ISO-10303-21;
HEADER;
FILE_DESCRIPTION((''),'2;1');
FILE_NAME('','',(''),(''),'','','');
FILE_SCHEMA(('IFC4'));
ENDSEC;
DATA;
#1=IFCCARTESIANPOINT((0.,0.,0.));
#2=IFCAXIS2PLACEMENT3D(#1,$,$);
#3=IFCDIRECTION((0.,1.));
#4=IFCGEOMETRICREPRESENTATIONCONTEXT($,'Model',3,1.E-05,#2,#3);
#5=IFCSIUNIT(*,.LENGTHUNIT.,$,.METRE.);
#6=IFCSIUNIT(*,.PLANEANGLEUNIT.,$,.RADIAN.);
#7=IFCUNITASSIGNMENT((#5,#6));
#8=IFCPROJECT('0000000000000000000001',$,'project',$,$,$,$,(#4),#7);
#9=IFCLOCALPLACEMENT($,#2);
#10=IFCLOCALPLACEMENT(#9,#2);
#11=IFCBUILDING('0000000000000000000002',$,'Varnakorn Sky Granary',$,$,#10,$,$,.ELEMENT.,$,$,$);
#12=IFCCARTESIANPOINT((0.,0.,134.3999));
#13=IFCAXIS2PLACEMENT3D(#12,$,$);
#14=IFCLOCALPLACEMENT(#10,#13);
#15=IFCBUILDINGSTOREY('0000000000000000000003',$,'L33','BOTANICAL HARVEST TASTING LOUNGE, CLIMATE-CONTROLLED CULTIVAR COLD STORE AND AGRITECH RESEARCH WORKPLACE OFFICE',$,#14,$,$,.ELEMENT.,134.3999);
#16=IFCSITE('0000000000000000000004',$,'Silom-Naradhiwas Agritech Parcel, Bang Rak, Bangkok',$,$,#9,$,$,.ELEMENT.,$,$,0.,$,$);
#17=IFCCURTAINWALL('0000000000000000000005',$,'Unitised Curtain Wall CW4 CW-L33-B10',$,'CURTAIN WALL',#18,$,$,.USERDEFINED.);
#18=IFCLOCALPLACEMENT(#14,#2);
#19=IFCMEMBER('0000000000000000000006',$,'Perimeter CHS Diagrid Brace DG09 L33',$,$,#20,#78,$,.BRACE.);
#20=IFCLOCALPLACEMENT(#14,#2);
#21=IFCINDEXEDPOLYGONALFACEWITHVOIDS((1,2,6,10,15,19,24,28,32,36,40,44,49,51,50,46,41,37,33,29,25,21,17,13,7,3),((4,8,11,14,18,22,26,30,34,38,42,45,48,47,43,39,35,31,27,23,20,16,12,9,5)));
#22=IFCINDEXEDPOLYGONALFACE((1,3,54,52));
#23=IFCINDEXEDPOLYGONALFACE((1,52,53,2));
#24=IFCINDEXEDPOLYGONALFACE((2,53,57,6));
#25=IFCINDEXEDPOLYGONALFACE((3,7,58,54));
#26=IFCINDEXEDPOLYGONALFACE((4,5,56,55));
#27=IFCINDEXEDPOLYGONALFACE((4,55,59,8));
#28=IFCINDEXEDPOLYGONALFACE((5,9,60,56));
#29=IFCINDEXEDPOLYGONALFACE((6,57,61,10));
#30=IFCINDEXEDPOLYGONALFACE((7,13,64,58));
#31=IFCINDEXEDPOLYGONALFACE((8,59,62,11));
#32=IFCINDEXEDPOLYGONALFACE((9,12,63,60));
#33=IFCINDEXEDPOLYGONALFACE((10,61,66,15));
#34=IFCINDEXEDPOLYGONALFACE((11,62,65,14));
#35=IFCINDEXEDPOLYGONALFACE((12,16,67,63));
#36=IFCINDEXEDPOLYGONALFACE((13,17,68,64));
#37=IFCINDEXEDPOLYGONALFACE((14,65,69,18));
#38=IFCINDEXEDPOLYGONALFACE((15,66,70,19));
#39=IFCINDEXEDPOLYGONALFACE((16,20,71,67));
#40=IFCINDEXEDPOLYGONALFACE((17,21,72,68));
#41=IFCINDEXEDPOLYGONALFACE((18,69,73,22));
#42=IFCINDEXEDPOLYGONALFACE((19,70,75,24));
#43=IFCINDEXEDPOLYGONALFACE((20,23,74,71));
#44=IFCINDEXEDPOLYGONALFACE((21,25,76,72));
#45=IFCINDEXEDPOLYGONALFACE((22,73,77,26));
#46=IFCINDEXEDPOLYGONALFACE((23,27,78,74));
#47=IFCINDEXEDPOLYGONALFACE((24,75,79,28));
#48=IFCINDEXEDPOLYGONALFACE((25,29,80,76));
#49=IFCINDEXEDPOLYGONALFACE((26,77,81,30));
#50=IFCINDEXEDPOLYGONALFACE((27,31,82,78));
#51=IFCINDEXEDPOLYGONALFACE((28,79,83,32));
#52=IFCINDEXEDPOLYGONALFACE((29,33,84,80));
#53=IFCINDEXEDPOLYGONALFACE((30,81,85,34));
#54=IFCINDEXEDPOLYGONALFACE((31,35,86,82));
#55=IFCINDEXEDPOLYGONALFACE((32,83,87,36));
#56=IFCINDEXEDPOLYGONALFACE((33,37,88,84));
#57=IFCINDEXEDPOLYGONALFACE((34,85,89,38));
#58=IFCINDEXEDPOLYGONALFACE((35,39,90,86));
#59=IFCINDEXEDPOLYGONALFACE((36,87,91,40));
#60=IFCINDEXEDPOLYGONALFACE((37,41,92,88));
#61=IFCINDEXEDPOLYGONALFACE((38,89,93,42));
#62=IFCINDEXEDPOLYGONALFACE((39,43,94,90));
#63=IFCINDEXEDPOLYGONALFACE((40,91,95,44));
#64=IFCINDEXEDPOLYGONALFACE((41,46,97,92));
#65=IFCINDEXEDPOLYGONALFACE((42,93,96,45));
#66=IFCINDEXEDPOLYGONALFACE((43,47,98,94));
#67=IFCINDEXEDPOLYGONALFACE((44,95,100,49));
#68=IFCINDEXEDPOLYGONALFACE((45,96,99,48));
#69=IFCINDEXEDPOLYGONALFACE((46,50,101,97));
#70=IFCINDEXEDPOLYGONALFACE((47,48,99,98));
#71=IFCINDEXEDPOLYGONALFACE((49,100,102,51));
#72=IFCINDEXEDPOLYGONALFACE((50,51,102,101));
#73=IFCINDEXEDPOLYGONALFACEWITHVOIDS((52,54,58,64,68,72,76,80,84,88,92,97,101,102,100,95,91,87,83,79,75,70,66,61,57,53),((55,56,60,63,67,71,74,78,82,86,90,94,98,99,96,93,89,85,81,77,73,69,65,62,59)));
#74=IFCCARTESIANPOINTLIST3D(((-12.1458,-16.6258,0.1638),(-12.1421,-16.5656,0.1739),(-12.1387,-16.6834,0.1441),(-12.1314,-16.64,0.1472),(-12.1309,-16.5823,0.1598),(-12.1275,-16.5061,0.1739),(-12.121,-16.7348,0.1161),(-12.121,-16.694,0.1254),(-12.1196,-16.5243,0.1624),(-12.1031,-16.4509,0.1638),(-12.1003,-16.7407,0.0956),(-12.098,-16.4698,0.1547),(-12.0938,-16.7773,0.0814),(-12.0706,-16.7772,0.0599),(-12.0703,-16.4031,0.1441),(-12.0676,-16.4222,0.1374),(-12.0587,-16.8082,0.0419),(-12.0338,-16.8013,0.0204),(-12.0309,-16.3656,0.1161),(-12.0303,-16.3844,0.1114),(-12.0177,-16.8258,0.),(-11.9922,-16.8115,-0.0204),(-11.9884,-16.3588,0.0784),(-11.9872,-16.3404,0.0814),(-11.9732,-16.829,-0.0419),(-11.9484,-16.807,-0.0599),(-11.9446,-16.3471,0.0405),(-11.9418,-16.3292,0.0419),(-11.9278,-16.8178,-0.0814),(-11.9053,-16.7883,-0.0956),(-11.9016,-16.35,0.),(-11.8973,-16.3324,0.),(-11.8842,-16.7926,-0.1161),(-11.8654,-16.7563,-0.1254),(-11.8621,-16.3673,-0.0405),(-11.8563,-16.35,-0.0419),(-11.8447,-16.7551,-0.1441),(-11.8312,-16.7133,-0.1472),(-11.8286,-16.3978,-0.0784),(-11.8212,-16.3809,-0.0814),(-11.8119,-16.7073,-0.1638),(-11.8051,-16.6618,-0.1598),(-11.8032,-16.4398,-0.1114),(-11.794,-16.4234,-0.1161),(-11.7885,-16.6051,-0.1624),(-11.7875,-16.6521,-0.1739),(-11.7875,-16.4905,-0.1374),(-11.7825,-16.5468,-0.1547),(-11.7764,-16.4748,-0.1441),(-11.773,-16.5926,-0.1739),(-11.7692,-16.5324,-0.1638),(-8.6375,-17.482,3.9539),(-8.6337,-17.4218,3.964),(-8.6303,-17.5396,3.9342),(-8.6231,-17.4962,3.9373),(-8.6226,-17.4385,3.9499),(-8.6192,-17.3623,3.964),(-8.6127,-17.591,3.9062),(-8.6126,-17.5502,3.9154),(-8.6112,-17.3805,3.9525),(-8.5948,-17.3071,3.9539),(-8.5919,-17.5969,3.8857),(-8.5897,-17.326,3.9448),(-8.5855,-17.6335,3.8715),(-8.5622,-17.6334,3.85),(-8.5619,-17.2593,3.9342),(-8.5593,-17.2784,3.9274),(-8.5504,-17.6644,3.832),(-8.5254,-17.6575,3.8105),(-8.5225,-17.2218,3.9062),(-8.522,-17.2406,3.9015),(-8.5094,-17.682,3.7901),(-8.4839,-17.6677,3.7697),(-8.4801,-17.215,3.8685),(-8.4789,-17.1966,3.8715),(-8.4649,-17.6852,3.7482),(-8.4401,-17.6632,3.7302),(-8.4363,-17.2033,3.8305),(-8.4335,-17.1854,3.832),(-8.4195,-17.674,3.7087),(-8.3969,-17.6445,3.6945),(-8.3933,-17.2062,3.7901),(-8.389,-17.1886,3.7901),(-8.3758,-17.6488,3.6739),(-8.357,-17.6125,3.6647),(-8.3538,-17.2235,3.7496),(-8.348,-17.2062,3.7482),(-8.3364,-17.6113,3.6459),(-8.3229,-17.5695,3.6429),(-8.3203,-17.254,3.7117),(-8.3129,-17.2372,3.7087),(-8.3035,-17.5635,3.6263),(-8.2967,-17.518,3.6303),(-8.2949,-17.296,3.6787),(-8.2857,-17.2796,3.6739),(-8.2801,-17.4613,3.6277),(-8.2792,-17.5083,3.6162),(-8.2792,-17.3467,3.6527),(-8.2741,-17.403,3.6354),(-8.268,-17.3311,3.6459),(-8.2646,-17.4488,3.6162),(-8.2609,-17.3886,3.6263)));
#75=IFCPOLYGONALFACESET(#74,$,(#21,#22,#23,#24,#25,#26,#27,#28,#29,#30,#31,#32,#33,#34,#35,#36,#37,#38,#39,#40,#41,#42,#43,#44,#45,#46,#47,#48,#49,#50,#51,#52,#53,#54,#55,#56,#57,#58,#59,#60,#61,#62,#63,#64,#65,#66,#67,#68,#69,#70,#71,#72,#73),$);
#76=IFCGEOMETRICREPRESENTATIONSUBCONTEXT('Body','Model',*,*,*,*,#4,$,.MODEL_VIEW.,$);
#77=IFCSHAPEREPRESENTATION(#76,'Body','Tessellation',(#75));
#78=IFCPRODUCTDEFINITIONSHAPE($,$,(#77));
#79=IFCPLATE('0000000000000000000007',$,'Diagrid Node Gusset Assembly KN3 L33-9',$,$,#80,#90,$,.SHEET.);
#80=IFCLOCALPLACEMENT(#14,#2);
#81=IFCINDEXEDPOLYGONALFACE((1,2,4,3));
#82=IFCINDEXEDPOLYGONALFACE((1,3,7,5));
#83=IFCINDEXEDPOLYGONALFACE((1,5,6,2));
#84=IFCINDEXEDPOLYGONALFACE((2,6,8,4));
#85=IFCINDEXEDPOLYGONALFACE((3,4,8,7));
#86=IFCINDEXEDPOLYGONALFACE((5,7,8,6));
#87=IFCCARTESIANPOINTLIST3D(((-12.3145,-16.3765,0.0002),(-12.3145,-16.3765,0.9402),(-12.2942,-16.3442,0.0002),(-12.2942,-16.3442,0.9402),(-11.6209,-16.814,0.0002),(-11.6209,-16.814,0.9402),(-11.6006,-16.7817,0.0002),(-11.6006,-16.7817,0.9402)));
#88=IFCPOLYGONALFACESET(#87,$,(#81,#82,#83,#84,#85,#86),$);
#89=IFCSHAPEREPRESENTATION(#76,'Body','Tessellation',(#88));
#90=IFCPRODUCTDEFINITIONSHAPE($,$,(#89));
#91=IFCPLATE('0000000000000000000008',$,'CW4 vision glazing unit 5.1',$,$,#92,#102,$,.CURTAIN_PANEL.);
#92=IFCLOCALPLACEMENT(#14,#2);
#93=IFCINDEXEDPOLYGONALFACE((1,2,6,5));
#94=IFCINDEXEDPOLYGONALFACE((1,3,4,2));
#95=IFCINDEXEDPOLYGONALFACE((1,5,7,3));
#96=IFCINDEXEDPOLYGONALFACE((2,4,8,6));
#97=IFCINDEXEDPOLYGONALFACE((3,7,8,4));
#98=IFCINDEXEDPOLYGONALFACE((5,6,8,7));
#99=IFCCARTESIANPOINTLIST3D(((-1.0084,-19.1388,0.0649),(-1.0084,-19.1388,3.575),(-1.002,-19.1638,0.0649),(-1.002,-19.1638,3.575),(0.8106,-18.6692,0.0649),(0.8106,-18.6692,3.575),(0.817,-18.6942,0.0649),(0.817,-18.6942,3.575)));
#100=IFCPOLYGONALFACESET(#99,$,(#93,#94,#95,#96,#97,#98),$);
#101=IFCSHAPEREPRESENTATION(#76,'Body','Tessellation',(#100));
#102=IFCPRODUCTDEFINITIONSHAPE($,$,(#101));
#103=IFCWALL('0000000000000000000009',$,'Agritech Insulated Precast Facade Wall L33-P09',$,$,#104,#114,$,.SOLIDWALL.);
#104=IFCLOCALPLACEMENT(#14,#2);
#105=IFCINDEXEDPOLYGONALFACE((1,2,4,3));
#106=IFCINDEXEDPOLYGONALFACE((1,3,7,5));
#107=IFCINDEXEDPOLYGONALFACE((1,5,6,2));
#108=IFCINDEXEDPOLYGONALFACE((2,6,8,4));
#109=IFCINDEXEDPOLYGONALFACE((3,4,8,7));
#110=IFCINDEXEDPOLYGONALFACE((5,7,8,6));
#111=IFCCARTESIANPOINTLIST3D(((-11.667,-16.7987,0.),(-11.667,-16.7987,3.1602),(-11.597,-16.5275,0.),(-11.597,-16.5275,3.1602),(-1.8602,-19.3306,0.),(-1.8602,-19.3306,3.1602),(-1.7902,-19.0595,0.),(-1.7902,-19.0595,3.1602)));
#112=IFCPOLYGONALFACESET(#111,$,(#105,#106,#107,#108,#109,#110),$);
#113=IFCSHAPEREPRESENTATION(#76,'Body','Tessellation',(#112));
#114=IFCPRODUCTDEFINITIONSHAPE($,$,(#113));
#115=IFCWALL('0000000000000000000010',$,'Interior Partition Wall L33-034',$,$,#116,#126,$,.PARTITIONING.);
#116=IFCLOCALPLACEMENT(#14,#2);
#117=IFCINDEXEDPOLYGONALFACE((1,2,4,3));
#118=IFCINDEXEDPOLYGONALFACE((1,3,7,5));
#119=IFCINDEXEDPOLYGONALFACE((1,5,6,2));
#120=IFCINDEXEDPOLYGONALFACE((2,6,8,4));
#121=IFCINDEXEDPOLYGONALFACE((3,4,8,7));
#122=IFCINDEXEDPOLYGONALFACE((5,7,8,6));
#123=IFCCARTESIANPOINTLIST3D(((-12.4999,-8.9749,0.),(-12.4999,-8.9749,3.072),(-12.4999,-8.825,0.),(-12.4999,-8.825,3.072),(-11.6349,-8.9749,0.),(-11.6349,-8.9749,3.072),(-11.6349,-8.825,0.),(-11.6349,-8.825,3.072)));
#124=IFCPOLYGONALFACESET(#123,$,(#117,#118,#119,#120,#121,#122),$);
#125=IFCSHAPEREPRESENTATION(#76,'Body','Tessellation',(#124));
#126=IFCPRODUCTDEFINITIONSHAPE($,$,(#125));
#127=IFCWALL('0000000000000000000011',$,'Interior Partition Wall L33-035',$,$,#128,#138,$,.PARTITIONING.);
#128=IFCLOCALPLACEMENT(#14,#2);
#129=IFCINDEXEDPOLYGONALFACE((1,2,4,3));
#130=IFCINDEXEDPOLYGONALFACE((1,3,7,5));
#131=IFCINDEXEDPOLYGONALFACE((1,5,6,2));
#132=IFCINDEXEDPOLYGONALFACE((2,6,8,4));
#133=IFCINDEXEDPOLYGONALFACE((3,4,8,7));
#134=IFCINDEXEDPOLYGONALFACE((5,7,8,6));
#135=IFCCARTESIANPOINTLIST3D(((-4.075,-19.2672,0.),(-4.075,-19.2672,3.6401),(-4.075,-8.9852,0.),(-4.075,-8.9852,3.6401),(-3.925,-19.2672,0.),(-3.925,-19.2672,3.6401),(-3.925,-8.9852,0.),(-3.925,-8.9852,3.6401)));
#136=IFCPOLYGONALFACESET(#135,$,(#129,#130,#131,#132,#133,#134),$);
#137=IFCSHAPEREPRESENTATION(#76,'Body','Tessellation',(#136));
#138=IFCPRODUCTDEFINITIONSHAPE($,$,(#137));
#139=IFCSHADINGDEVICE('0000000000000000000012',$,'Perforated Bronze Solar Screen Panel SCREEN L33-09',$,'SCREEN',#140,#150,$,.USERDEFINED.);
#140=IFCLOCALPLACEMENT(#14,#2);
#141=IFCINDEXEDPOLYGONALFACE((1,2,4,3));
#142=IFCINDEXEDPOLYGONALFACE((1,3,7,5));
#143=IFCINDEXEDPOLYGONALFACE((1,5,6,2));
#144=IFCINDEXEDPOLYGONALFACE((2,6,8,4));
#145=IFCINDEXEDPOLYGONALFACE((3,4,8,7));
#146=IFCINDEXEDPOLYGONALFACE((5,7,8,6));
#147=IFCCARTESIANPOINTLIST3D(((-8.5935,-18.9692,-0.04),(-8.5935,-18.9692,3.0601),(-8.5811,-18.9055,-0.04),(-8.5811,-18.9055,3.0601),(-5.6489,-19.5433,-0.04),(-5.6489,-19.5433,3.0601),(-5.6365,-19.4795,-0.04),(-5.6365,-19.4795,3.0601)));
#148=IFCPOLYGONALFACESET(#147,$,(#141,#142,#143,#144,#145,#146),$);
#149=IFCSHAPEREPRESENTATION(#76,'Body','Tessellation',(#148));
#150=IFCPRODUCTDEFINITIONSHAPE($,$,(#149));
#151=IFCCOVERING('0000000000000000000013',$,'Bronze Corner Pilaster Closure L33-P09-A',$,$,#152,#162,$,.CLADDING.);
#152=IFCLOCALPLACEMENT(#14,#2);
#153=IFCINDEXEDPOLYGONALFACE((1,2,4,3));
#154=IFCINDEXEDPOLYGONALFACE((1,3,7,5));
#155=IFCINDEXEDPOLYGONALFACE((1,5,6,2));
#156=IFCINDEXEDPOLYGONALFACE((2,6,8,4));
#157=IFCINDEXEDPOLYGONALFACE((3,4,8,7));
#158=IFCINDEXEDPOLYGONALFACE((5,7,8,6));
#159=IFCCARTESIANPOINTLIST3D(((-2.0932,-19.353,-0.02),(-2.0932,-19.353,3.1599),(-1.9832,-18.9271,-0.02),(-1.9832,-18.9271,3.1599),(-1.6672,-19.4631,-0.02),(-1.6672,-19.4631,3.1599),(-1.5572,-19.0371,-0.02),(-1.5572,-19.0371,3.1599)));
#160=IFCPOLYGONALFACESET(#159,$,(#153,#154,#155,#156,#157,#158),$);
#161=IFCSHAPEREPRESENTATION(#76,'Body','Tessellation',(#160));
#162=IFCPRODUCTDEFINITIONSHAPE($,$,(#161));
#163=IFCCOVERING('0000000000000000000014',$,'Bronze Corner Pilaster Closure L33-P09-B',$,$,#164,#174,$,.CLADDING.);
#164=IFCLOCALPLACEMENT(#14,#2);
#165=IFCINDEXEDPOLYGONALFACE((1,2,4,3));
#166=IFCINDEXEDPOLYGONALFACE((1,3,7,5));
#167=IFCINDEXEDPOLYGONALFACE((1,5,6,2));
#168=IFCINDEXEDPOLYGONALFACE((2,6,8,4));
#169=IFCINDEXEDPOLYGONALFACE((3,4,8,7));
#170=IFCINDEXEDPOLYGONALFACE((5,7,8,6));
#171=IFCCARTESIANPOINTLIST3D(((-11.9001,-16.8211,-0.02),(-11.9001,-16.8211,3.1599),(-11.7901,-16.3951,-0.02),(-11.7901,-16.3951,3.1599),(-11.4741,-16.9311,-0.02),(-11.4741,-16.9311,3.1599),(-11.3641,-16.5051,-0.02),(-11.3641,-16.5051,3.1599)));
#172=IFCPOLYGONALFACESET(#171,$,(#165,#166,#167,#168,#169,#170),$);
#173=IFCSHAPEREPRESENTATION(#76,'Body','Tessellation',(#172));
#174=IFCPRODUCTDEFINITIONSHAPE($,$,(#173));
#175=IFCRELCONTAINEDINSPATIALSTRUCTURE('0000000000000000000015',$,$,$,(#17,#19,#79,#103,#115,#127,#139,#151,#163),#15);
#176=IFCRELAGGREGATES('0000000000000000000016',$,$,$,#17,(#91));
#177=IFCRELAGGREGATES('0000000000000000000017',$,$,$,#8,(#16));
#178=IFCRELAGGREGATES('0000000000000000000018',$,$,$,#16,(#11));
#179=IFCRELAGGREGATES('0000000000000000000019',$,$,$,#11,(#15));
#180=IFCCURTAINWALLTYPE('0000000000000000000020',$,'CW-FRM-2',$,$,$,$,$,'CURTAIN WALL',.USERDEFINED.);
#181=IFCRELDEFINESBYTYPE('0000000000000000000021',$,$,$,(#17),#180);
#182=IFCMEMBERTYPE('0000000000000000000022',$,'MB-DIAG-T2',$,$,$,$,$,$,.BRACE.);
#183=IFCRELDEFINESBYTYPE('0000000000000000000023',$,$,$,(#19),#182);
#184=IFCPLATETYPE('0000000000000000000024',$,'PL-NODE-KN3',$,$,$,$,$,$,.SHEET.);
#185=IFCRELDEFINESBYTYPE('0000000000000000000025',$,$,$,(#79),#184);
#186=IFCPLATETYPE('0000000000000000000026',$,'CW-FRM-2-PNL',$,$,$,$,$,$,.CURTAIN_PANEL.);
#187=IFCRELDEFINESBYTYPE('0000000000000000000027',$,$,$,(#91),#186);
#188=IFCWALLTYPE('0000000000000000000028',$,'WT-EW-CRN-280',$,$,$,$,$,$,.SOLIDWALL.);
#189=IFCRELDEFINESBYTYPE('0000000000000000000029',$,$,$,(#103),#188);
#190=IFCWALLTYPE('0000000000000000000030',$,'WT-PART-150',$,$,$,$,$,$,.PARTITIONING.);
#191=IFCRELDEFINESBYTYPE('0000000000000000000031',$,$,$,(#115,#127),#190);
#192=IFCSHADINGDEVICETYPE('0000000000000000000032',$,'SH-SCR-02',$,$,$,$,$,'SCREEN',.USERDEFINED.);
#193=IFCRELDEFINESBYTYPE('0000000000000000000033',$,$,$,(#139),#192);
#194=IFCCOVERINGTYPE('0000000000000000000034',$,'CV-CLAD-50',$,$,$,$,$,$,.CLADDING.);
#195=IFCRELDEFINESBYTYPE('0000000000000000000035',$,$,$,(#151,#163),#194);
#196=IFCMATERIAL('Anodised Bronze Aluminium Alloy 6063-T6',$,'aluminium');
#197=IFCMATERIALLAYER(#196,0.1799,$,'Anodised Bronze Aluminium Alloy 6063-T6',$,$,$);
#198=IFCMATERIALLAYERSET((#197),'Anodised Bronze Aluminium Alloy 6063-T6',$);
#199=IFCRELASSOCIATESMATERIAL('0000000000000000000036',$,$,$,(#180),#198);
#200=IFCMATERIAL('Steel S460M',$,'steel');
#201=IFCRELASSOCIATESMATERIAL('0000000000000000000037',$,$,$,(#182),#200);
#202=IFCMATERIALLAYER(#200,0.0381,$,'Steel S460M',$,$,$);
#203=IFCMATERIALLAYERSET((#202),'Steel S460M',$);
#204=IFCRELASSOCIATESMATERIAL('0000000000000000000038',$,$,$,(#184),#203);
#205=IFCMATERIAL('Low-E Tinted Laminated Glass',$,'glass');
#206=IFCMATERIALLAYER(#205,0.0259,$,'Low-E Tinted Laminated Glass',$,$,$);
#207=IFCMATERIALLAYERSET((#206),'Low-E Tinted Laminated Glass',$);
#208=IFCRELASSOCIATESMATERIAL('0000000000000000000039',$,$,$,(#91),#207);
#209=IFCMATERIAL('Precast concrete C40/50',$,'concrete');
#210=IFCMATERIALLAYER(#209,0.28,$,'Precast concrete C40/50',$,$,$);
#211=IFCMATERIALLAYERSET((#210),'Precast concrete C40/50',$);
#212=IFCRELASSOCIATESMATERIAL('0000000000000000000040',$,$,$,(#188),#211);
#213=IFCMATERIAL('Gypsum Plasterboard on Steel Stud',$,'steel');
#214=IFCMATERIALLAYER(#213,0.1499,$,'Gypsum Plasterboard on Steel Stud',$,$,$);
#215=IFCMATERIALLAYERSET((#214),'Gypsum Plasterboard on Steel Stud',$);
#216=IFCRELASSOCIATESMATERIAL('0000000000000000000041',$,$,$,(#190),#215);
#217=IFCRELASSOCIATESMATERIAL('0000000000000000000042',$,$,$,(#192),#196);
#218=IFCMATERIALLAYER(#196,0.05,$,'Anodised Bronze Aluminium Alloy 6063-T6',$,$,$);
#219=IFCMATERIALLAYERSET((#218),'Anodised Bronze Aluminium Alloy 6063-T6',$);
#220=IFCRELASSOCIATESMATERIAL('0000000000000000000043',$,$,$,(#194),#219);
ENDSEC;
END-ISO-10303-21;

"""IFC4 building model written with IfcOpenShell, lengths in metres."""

from ifc_helpers import new_model, si_unit, direction, frame, frame_2d, origin, origin_2d, place, context, subcontext, project, spatial, rectangle, hollow_circle, extrude, source, transform, mapped, material, layer, layer_set, material_profile, profile_set, type_object, type_shapes, element, aggregate, save


model = new_model("IFC4")

# Units and contexts
model_context = context("Model", 3, precision=1e-05, world=origin(), true_north=direction((0.0, 1.0)))
body_context = subcontext(model_context, "Body", "Model", "MODEL_VIEW")
ifc_project = project(units=[si_unit("LENGTHUNIT", "METRE"), si_unit("PLANEANGLEUNIT", "RADIAN")], contexts=[model_context])

# Site, building, storey
site_placement = place(None, origin())
site = spatial("IfcSite", under=ifc_project, at=site_placement, Name="Silom-Naradhiwas Agritech Parcel, Bang Rak, Bangkok", CompositionType="ELEMENT", RefElevation=0.0)
building_placement = place(site_placement, origin())
building = spatial("IfcBuilding", under=site, at=building_placement, Name="Varnakorn Sky Granary", CompositionType="ELEMENT")
storey_placement = place(building_placement, frame((0.0, 0.0, 134.3999)))
storey = spatial("IfcBuildingStorey", under=building, at=storey_placement, Name="L33", Description="BOTANICAL HARVEST TASTING LOUNGE, CLIMATE-CONTROLLED CULTIVAR COLD STORE AND AGRITECH RESEARCH WORKPLACE OFFICE", CompositionType="ELEMENT", Elevation=134.3999)

# Shared definitions
ifc_material_1 = material(Name="Steel S460M", Category="steel")

# Curtain wall
ifc_material_2 = material(Name="Anodised Bronze Aluminium Alloy 6063-T6", Category="aluminium")
ifc_layer_1 = layer(ifc_material_2, 0.1799, Name="Anodised Bronze Aluminium Alloy 6063-T6")
ifc_layer_set_1 = layer_set([ifc_layer_1], Name="Anodised Bronze Aluminium Alloy 6063-T6")
curtain_wall_type = type_object("IfcCurtainWallType", Name="CW-FRM-2", ElementType="CURTAIN WALL", PredefinedType="USERDEFINED", material=ifc_layer_set_1)
curtain_wall_1_placement = place(storey_placement, origin())
curtain_wall_1 = element("IfcCurtainWall", 1, at=curtain_wall_1_placement, inside=storey, type_object=curtain_wall_type, Name="Unitised Curtain Wall CW4 CW-L33-B10", ObjectType="CURTAIN WALL", PredefinedType="USERDEFINED")

# Member
ifc_material_profile_1 = material_profile(ifc_material_1, hollow_circle(Radius=0.2539, WallThickness=0.0181, at=origin_2d()), Name="CHS 508x18")
ifc_profile_set_1 = profile_set([ifc_material_profile_1], Name="Steel S460M")
member_type_1 = type_object("IfcMemberType", Name="MB-DIAG-T2", PredefinedType="BRACE", material=ifc_profile_set_1)
member_1_placement = place(storey_placement, frame((-11.9575, -16.5791, 0.0), z_axis=(0.670157, -0.163552, 0.723975), x_axis=(0.237092, 0.971487, 0.0)))
element("IfcMember", 2, at=member_1_placement, inside=storey, type_object=member_type_1, Name="Perimeter CHS Diagrid Brace DG09 L33", PredefinedType="BRACE", context=body_context, shape_type="SweptSolid", body=[
    extrude(hollow_circle(Radius=0.2539, WallThickness=0.0181, at=origin_2d()), origin(), (0.0, 0.0, 1.0), 5.2351),
])

# Plates
ifc_layer_2 = layer(ifc_material_1, 0.0381, Name="Steel S460M")
ifc_layer_set_2 = layer_set([ifc_layer_2], Name="Steel S460M")
plate_type_1 = type_object("IfcPlateType", Name="PL-NODE-KN3", PredefinedType="SHEET", material=ifc_layer_set_2)
plate_1_placement = place(storey_placement, frame((-11.9575, -16.5791, 0.0002), z_axis=(0.0, 0.0, 1.0), x_axis=(0.845801, -0.533498, 0.0)))
element("IfcPlate", 3, at=plate_1_placement, inside=storey, type_object=plate_type_1, Name="Diagrid Node Gusset Assembly KN3 L33-9", PredefinedType="SHEET", context=body_context, shape_type="SweptSolid", body=[
    extrude(rectangle(XDim=0.8201, YDim=0.0381, at=origin_2d()), origin(), (0.0, 0.0, 1.0), 0.9399),
])
ifc_material_3 = material(Name="Low-E Tinted Laminated Glass", Category="glass")
ifc_layer_3 = layer(ifc_material_3, 0.0259, Name="Low-E Tinted Laminated Glass")
ifc_layer_set_3 = layer_set([ifc_layer_3], Name="Low-E Tinted Laminated Glass")
plate_type_2 = type_object("IfcPlateType", Name="CW-FRM-2-PNL", PredefinedType="CURTAIN_PANEL")
shared_shape_1 = source(origin(), body_context, "Body", "SweptSolid", [
    extrude(rectangle(XDim=1.8787, YDim=0.0259, at=origin_2d()), origin(), (0.0, 0.0, 1.0), 3.51),
])
type_shapes(plate_type_2, [shared_shape_1])
plate_2_placement = place(storey_placement, frame((-0.0957, -18.9165, 0.0649), z_axis=(0.0, 0.0, 1.0), x_axis=(-0.968251, -0.24998, 0.0)))
plate_2 = element("IfcPlate", 4, at=plate_2_placement, type_object=plate_type_2, material=ifc_layer_set_3, Name="CW4 vision glazing unit 5.1", PredefinedType="CURTAIN_PANEL", context=body_context, shape_type="MappedRepresentation", body=[
    mapped(shared_shape_1, transform((0.0, 0.0, 0.0), x_axis=(1.0, 0.0, 0.0), y_axis=(0.0, 1.0, 0.0), z_axis=(0.0, 0.0, 1.0), scale=1.0)),
])
aggregate(curtain_wall_1, [plate_2])

# Walls
ifc_material_4 = material(Name="Precast concrete C40/50", Category="concrete")
ifc_layer_4 = layer(ifc_material_4, 0.28, Name="Precast concrete C40/50")
ifc_layer_set_4 = layer_set([ifc_layer_4], Name="Precast concrete C40/50")
wall_type_1 = type_object("IfcWallType", Name="WT-EW-CRN-280", PredefinedType="SOLIDWALL", material=ifc_layer_set_4)
wall_1_placement = place(storey_placement, frame((-1.8252, -19.1951, 0.0), z_axis=(0.0, 0.0, 1.0), x_axis=(-0.968249, 0.249987, 0.0)))
element("IfcWall", 5, at=wall_1_placement, inside=storey, type_object=wall_type_1, Name="Agritech Insulated Precast Facade Wall L33-P09", PredefinedType="SOLIDWALL", context=body_context, shape_type="SweptSolid", body=[
    extrude(rectangle(XDim=10.1284, YDim=0.28, at=frame_2d((5.0642, 0.0))), origin(), (0.0, 0.0, 1.0), 3.1602),
])
ifc_material_5 = material(Name="Gypsum Plasterboard on Steel Stud", Category="steel")
ifc_layer_5 = layer(ifc_material_5, 0.1499, Name="Gypsum Plasterboard on Steel Stud")
ifc_layer_set_5 = layer_set([ifc_layer_5], Name="Gypsum Plasterboard on Steel Stud")
wall_type_2 = type_object("IfcWallType", Name="WT-PART-150", PredefinedType="PARTITIONING", material=ifc_layer_set_5)
wall_2_placement = place(storey_placement, frame((-12.5, -8.8999, 0.0), z_axis=(0.0, 0.0, 1.0), x_axis=(1.0, 0.0, 0.0)))
element("IfcWall", 6, at=wall_2_placement, inside=storey, type_object=wall_type_2, Name="Interior Partition Wall L33-034", PredefinedType="PARTITIONING", context=body_context, shape_type="SweptSolid", body=[
    extrude(rectangle(XDim=0.865, YDim=0.1499, at=frame_2d((0.4326, 0.0))), origin(), (0.0, 0.0, 1.0), 3.072),
])
wall_3_placement = place(storey_placement, frame((-4.0, -8.9851, 0.0), z_axis=(0.0, 0.0, 1.0), x_axis=(0.0, -1.0, 0.0)))
element("IfcWall", 7, at=wall_3_placement, inside=storey, type_object=wall_type_2, Name="Interior Partition Wall L33-035", PredefinedType="PARTITIONING", context=body_context, shape_type="SweptSolid", body=[
    extrude(rectangle(XDim=10.282, YDim=0.1499, at=frame_2d((5.1411, 0.0))), origin(), (0.0, 0.0, 1.0), 3.6401),
])

# Shading device
shading_device_type = type_object("IfcShadingDeviceType", Name="SH-SCR-02", ElementType="SCREEN", PredefinedType="USERDEFINED", material=ifc_material_2)
shared_shape_2 = source(origin(), body_context, "Body", "SweptSolid", [
    extrude(rectangle(XDim=3.0, YDim=0.0649, at=origin_2d()), origin(), (0.0, 0.0, 1.0), 3.1001),
])
type_shapes(shading_device_type, [shared_shape_2])
shading_device_placement = place(storey_placement, frame((-7.115, -19.2244, -0.04), z_axis=(0.0, 0.0, 1.0), x_axis=(0.98152, -0.191359, 0.0)))
element("IfcShadingDevice", 8, at=shading_device_placement, inside=storey, type_object=shading_device_type, Name="Perforated Bronze Solar Screen Panel SCREEN L33-09", ObjectType="SCREEN", PredefinedType="USERDEFINED", context=body_context, shape_type="MappedRepresentation", body=[
    mapped(shared_shape_2, transform((0.0, 0.0, 0.0), x_axis=(1.0, 0.0, 0.0), y_axis=(0.0, 1.0, 0.0), z_axis=(0.0, 0.0, 1.0), scale=1.0)),
])

# Coverings
ifc_layer_6 = layer(ifc_material_2, 0.05, Name="Anodised Bronze Aluminium Alloy 6063-T6")
ifc_layer_set_6 = layer_set([ifc_layer_6], Name="Anodised Bronze Aluminium Alloy 6063-T6")
covering_type = type_object("IfcCoveringType", Name="CV-CLAD-50", PredefinedType="CLADDING", material=ifc_layer_set_6)
shared_shape_3 = source(origin(), body_context, "Body", "SweptSolid", [
    extrude(rectangle(XDim=0.4399, YDim=0.4399, at=origin_2d()), origin(), (0.0, 0.0, 1.0), 3.1799),
])
type_shapes(covering_type, [shared_shape_3])
for number, where, z_axis, x_axis, name in (
    (9, (-1.8252, -19.1951, -0.02), (0.0, 0.0, 1.0), (-0.968235, 0.250042, 0.0), "Bronze Corner Pilaster Closure L33-P09-A"),
    (10, (-11.6321, -16.6631, -0.02), (0.0, 0.0, 1.0), (-0.968235, 0.250042, 0.0), "Bronze Corner Pilaster Closure L33-P09-B"),
):
    element("IfcCovering", number, at=place(storey_placement, frame(where, z_axis=z_axis, x_axis=x_axis)), inside=storey, type_object=covering_type, Name=name, PredefinedType="CLADDING", context=body_context, shape_type="MappedRepresentation", body=[
        mapped(shared_shape_3, transform((0.0, 0.0, 0.0), x_axis=(1.0, 0.0, 0.0), y_axis=(0.0, 1.0, 0.0), z_axis=(0.0, 0.0, 1.0), scale=1.0)),
    ])

save(model, "model.ifc")
